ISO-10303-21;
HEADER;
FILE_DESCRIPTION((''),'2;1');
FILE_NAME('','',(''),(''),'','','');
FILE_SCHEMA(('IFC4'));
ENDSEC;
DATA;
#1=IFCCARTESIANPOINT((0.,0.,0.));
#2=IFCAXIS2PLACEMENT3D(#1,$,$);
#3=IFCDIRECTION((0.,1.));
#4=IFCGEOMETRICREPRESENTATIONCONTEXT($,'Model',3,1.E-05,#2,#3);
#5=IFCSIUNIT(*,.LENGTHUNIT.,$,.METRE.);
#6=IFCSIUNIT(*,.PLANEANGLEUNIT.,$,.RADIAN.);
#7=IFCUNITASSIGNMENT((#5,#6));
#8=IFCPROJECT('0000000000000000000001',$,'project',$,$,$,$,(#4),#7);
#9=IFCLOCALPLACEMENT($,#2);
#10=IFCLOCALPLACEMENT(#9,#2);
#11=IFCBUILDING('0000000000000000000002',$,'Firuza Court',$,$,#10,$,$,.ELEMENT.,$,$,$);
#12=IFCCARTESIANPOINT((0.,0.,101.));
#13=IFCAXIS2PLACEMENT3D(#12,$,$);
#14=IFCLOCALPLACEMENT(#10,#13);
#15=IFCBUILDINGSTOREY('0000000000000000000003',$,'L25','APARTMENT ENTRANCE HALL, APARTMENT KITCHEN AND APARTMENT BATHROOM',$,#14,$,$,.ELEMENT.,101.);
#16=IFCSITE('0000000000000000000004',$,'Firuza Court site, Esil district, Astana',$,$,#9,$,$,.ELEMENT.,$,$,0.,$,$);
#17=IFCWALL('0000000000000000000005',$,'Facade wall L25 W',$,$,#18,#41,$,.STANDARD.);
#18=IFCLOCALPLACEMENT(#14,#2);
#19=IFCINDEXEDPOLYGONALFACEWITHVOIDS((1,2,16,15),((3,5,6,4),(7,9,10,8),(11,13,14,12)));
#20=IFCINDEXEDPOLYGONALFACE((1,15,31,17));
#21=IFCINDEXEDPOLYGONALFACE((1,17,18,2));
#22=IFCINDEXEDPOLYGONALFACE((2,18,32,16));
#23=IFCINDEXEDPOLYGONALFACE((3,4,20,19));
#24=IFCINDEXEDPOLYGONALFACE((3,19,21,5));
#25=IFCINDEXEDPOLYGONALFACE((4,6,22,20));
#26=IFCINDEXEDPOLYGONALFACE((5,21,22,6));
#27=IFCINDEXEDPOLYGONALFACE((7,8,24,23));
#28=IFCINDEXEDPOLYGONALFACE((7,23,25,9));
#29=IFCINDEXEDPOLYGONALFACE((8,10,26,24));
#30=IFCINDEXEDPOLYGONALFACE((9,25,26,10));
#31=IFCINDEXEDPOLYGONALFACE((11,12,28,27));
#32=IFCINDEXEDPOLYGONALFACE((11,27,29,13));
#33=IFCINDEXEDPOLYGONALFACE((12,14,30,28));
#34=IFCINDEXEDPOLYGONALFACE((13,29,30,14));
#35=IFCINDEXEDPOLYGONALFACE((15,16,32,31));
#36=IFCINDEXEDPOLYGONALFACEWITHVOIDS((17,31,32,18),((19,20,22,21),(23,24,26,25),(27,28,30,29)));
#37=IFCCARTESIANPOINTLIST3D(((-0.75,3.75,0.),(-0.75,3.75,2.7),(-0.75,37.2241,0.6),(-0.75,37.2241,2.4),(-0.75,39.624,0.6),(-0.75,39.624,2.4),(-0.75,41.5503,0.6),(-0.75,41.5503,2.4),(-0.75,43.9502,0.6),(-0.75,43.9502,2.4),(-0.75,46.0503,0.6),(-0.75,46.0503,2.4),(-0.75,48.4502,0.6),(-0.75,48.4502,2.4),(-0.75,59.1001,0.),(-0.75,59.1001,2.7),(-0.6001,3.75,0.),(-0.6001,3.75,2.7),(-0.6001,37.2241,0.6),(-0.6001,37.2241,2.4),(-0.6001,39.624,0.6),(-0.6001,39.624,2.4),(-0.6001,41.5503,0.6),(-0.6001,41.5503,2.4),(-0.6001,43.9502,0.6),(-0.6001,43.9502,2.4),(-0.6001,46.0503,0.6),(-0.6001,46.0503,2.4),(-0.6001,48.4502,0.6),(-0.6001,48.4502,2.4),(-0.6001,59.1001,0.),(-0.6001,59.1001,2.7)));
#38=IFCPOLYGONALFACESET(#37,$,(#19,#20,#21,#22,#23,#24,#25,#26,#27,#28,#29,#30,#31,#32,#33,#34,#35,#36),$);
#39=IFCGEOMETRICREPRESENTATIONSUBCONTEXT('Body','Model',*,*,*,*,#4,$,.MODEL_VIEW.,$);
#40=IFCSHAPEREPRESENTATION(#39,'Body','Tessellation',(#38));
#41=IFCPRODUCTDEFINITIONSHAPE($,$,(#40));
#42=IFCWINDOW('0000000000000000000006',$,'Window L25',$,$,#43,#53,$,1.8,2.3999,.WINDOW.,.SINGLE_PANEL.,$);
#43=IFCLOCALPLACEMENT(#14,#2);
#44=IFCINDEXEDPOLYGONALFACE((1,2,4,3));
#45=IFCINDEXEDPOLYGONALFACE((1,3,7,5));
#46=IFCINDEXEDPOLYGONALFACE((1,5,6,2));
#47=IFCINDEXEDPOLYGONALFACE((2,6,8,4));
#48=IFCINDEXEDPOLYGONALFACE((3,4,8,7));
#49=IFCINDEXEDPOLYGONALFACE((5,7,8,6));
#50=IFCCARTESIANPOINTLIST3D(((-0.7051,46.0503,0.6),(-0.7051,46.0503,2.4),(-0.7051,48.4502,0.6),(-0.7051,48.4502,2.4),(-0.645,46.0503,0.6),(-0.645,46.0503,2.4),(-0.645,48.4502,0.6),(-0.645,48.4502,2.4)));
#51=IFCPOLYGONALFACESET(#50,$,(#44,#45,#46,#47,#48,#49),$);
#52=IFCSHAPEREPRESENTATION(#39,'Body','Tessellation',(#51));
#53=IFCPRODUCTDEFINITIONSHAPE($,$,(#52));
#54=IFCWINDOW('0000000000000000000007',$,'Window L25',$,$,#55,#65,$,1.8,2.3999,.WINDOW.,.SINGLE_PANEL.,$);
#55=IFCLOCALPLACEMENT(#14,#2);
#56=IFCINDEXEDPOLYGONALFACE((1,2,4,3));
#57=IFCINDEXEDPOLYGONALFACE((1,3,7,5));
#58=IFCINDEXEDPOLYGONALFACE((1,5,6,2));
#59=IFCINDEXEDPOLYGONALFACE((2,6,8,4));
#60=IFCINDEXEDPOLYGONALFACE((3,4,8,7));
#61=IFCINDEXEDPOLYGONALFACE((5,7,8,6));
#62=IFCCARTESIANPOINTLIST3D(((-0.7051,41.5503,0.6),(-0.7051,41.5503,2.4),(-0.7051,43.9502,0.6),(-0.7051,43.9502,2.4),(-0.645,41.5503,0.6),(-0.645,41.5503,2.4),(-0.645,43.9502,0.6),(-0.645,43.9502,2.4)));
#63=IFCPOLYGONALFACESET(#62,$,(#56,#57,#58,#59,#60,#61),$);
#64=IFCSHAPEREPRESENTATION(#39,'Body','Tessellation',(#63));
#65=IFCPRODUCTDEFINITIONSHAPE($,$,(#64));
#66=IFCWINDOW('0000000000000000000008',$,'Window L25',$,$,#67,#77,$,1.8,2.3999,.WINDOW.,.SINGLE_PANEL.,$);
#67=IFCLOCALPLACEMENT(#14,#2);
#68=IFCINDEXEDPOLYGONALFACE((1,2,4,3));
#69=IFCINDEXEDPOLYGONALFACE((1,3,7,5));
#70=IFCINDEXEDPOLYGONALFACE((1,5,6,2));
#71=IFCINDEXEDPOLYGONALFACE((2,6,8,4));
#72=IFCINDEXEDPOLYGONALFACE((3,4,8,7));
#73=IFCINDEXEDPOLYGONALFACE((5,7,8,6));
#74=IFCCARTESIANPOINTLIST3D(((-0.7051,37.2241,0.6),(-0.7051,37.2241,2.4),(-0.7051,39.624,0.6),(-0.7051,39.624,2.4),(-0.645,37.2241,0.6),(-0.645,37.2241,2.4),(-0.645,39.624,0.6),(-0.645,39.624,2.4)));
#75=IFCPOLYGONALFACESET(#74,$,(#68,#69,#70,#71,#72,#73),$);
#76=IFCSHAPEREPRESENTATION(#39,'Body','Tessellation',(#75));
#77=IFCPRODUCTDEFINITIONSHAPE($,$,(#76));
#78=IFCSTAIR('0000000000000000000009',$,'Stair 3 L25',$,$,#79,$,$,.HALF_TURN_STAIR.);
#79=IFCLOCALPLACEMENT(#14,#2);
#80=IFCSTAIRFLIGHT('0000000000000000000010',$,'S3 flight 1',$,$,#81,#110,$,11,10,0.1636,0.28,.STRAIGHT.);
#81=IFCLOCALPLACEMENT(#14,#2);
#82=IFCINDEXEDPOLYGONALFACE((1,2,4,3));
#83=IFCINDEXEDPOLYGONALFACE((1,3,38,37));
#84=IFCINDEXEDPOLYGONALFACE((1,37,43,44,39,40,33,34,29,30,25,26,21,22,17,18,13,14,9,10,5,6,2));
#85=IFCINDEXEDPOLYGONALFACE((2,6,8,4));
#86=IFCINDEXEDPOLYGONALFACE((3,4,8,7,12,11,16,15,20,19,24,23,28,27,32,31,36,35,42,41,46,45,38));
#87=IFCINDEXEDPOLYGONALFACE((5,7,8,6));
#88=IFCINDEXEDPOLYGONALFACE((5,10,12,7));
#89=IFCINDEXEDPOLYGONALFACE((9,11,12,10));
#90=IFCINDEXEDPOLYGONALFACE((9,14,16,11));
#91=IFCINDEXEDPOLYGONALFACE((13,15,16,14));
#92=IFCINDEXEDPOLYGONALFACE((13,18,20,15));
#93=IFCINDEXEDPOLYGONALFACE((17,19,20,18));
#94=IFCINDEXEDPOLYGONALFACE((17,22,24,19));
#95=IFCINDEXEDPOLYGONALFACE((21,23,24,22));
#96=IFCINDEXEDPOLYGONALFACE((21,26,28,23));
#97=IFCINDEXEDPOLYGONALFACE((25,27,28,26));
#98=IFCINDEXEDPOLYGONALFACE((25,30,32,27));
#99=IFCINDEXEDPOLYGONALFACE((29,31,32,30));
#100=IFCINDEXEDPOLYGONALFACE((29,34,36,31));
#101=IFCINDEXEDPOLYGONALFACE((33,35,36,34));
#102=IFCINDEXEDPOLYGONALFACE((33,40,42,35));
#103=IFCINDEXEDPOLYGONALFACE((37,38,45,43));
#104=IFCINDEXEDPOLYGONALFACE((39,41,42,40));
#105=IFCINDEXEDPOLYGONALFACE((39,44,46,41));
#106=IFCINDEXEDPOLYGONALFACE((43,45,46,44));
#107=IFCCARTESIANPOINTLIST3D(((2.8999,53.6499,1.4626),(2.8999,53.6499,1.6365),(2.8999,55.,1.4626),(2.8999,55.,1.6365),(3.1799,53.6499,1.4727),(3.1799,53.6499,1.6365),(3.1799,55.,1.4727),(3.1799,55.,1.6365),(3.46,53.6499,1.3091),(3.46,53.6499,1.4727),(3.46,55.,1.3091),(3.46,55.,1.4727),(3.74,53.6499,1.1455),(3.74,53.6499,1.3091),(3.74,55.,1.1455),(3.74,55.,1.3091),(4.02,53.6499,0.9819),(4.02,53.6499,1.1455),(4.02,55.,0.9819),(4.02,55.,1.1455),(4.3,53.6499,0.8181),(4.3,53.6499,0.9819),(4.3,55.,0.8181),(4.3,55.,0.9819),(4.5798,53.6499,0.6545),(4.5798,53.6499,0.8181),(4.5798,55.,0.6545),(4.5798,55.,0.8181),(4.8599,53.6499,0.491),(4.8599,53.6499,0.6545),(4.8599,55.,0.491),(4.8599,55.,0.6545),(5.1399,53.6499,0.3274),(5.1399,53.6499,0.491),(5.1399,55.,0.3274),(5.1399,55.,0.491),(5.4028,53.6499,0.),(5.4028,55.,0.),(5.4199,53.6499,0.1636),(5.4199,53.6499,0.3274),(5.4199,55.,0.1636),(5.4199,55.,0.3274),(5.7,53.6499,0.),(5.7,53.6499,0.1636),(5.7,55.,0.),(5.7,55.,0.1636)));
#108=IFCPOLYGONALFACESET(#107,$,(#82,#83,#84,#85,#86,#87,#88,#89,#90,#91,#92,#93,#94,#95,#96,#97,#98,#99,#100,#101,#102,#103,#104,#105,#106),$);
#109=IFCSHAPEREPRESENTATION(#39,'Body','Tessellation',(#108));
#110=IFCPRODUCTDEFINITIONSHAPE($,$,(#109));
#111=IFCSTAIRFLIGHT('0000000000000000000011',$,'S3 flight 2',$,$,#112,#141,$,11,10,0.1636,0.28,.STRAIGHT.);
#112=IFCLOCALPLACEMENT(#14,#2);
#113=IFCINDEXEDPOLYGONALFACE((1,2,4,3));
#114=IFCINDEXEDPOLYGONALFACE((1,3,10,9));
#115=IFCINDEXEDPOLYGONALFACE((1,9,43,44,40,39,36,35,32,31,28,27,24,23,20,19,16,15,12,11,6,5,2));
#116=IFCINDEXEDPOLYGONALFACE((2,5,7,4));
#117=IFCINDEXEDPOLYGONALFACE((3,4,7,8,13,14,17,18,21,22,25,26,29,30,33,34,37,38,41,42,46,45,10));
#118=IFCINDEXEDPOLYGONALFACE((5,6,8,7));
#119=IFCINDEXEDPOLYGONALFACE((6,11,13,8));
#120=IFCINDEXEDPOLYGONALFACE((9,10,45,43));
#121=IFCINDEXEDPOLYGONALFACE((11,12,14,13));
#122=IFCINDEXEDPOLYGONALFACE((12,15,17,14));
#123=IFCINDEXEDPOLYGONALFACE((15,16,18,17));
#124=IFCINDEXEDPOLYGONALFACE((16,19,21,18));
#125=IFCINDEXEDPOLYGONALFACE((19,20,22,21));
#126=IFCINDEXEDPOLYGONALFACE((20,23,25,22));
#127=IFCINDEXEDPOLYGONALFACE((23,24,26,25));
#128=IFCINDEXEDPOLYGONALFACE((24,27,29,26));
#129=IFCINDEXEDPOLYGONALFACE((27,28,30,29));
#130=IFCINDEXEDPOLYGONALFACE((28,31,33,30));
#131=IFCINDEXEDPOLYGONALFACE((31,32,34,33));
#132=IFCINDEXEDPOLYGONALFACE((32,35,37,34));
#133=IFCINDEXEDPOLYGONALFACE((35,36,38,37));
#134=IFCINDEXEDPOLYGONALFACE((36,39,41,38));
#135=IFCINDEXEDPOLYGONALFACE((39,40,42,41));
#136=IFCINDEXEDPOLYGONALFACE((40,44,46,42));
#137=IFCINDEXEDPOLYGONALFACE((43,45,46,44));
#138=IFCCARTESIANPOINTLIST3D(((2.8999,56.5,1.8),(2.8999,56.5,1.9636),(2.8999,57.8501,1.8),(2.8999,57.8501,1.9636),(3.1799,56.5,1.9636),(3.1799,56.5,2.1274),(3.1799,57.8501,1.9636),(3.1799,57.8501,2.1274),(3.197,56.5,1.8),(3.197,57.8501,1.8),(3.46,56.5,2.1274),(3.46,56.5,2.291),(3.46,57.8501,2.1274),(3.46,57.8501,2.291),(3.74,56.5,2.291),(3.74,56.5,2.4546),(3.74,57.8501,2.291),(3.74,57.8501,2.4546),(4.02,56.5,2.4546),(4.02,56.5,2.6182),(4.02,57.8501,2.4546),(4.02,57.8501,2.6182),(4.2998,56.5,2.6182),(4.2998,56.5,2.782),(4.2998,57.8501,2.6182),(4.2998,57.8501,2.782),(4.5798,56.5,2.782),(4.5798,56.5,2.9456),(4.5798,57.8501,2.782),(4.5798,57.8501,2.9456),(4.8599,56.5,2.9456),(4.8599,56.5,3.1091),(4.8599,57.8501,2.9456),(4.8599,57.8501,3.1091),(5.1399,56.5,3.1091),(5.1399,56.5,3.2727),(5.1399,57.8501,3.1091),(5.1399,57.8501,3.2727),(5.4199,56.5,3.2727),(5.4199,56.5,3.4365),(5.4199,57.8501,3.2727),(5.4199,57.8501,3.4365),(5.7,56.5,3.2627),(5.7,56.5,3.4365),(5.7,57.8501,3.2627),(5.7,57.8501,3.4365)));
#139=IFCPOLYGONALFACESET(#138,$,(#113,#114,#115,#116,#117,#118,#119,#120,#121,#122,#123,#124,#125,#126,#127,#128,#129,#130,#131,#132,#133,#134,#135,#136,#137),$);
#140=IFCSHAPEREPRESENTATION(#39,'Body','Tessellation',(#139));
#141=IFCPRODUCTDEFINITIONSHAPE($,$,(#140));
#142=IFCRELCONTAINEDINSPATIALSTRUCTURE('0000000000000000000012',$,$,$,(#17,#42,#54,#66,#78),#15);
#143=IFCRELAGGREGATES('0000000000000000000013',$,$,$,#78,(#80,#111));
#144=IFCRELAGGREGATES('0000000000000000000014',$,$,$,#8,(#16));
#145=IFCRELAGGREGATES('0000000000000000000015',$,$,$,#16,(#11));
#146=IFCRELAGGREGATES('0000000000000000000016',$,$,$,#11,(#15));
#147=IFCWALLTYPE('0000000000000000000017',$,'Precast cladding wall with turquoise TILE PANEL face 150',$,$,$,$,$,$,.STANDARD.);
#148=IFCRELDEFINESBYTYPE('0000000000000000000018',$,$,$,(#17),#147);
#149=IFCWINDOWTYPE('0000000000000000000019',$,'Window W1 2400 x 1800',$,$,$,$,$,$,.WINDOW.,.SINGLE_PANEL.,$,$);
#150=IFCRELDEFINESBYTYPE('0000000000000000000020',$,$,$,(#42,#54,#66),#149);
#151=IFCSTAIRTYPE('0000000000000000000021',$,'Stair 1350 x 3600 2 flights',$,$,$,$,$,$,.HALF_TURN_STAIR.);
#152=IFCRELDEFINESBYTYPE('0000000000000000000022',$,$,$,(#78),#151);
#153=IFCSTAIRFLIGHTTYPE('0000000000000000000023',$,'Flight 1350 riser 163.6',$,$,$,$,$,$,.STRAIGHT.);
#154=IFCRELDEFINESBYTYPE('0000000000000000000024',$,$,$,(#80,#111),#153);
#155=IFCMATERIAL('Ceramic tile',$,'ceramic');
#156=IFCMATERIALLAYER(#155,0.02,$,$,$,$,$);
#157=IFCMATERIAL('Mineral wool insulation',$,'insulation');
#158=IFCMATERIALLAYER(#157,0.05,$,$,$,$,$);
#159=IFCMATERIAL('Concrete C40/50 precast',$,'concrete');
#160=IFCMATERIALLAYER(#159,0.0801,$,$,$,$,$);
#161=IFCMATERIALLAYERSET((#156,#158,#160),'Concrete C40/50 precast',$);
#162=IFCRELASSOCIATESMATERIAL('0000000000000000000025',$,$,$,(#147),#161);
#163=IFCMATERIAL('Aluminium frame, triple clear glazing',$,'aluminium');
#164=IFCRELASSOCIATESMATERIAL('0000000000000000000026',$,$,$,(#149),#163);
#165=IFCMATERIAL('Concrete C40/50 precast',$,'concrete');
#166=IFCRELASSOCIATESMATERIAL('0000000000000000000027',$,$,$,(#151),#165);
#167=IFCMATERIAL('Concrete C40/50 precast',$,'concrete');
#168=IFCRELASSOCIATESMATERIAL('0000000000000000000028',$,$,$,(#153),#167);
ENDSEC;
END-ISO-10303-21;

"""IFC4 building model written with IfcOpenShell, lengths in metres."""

from ifc_helpers import new_model, si_unit, direction, frame, frame_2d, origin, place, context, subcontext, project, spatial, polyline, rectangle, outline, extrude, material, layer, layer_set, type_object, element, fill, aggregate, save


model = new_model("IFC4")

# Units and contexts
model_context = context("Model", 3, precision=1e-05, world=origin(), true_north=direction((0.0, 1.0)))
body_context = subcontext(model_context, "Body", "Model", "MODEL_VIEW")
ifc_project = project(units=[si_unit("LENGTHUNIT", "METRE"), si_unit("PLANEANGLEUNIT", "RADIAN")], contexts=[model_context])

# Site, building, storey
site_placement = place(None, origin())
site = spatial("IfcSite", under=ifc_project, at=site_placement, Name="Firuza Court site, Esil district, Astana", CompositionType="ELEMENT", RefElevation=0.0)
building_placement = place(site_placement, origin())
building = spatial("IfcBuilding", under=site, at=building_placement, Name="Firuza Court", CompositionType="ELEMENT")
storey_placement = place(building_placement, frame((0.0, 0.0, 101.0)))
storey = spatial("IfcBuildingStorey", under=building, at=storey_placement, Name="L25", Description="APARTMENT ENTRANCE HALL, APARTMENT KITCHEN AND APARTMENT BATHROOM", CompositionType="ELEMENT", Elevation=101.0)

# Wall, openings, windows
ifc_material_1 = material(Name="Ceramic tile", Category="ceramic")
ifc_layer_1 = layer(ifc_material_1, 0.02)
ifc_material_2 = material(Name="Mineral wool insulation", Category="insulation")
ifc_layer_2 = layer(ifc_material_2, 0.05)
ifc_material_3 = material(Name="Concrete C40/50 precast", Category="concrete")
ifc_layer_3 = layer(ifc_material_3, 0.0801)
ifc_layer_set_1 = layer_set([ifc_layer_1, ifc_layer_2, ifc_layer_3], Name="Concrete C40/50 precast")
wall_type_1 = type_object("IfcWallType", Name="Precast cladding wall with turquoise TILE PANEL face 150", PredefinedType="STANDARD", material=ifc_layer_set_1)
wall_1_placement = place(storey_placement, frame((-0.675, 59.1001, 0.0), z_axis=(0.0, 0.0, 1.0), x_axis=(0.0, -1.0, 0.0)))
wall_1 = element("IfcWall", 1, at=wall_1_placement, inside=storey, type_object=wall_type_1, Name="Facade wall L25 W", PredefinedType="STANDARD", context=body_context, shape_type="SweptSolid", body=[
    extrude(rectangle(XDim=55.3501, YDim=0.1499, at=frame_2d((27.675, 0.0))), origin(), (0.0, 0.0, 1.0), 2.7),
])
opening_1_placement = place(wall_1_placement, frame((10.6499, 0.0, 0.6001)))
opening_1 = element("IfcOpeningElement", 2, at=opening_1_placement, cuts=wall_1, PredefinedType="OPENING", context=body_context, shape_type="SweptSolid", body=[
    extrude(rectangle(XDim=2.3999, YDim=1.8, at=frame_2d((1.2, 0.8999))), frame((0.0, 0.0869, 0.0), z_axis=(0.0, -1.0, 0.0), x_axis=(1.0, 0.0, 0.0)), (0.0, 0.0, 1.0), 0.1738),
])
opening_2_placement = place(wall_1_placement, frame((15.1499, 0.0, 0.6001)))
opening_2 = element("IfcOpeningElement", 3, at=opening_2_placement, cuts=wall_1, PredefinedType="OPENING", context=body_context, shape_type="SweptSolid", body=[
    extrude(rectangle(XDim=2.3999, YDim=1.8, at=frame_2d((1.2, 0.8999))), frame((0.0, 0.0869, 0.0), z_axis=(0.0, -1.0, 0.0), x_axis=(1.0, 0.0, 0.0)), (0.0, 0.0, 1.0), 0.1738),
])
opening_3_placement = place(wall_1_placement, frame((19.4761, 0.0, 0.6001)))
opening_3 = element("IfcOpeningElement", 4, at=opening_3_placement, cuts=wall_1, PredefinedType="OPENING", context=body_context, shape_type="SweptSolid", body=[
    extrude(rectangle(XDim=2.3999, YDim=1.8, at=frame_2d((1.2, 0.8999))), frame((0.0, 0.0869, 0.0), z_axis=(0.0, -1.0, 0.0), x_axis=(1.0, 0.0, 0.0)), (0.0, 0.0, 1.0), 0.1738),
])
ifc_material_4 = material(Name="Aluminium frame, triple clear glazing", Category="aluminium")
window_type = type_object("IfcWindowType", Name="Window W1 2400 x 1800", PartitioningType="SINGLE_PANEL", PredefinedType="WINDOW", material=ifc_material_4)
window_1_placement = place(opening_1_placement, origin())
window_1 = element("IfcWindow", 5, at=window_1_placement, inside=storey, type_object=window_type, Name="Window L25", OverallHeight=1.8, OverallWidth=2.3999, PartitioningType="SINGLE_PANEL", PredefinedType="WINDOW", context=body_context, shape_type="SweptSolid", body=[
    extrude(rectangle(XDim=2.3999, YDim=1.8, at=frame_2d((1.2, 0.8999))), frame((0.0, 0.03, 0.0), z_axis=(0.0, -1.0, 0.0), x_axis=(1.0, 0.0, 0.0)), (0.0, 0.0, 1.0), 0.0601),
])
fill(opening_1, window_1)
window_2_placement = place(opening_2_placement, origin())
window_2 = element("IfcWindow", 6, at=window_2_placement, inside=storey, type_object=window_type, Name="Window L25", OverallHeight=1.8, OverallWidth=2.3999, PartitioningType="SINGLE_PANEL", PredefinedType="WINDOW", context=body_context, shape_type="SweptSolid", body=[
    extrude(rectangle(XDim=2.3999, YDim=1.8, at=frame_2d((1.2, 0.8999))), frame((0.0, 0.03, 0.0), z_axis=(0.0, -1.0, 0.0), x_axis=(1.0, 0.0, 0.0)), (0.0, 0.0, 1.0), 0.0601),
])
fill(opening_2, window_2)
window_3_placement = place(opening_3_placement, origin())
window_3 = element("IfcWindow", 7, at=window_3_placement, inside=storey, type_object=window_type, Name="Window L25", OverallHeight=1.8, OverallWidth=2.3999, PartitioningType="SINGLE_PANEL", PredefinedType="WINDOW", context=body_context, shape_type="SweptSolid", body=[
    extrude(rectangle(XDim=2.3999, YDim=1.8, at=frame_2d((1.2, 0.8999))), frame((0.0, 0.03, 0.0), z_axis=(0.0, -1.0, 0.0), x_axis=(1.0, 0.0, 0.0)), (0.0, 0.0, 1.0), 0.0601),
])
fill(opening_3, window_3)

# Stair, stair flights
ifc_material_5 = material(Name="Concrete C40/50 precast", Category="concrete")
stair_type = type_object("IfcStairType", Name="Stair 1350 x 3600 2 flights", PredefinedType="HALF_TURN_STAIR", material=ifc_material_5)
stair_placement = place(storey_placement, origin())
stair = element("IfcStair", 8, at=stair_placement, inside=storey, type_object=stair_type, Name="Stair 3 L25", PredefinedType="HALF_TURN_STAIR")
ifc_material_6 = material(Name="Concrete C40/50 precast", Category="concrete")
stair_flight_type = type_object("IfcStairFlightType", Name="Flight 1350 riser 163.6", PredefinedType="STRAIGHT", material=ifc_material_6)
stair_flight_1_placement = place(storey_placement, frame((5.7, 54.325, 0.0), z_axis=(0.0, 0.0, 1.0), x_axis=(-1.0, 0.0, 0.0)))
stair_flight_1 = element("IfcStairFlight", 9, at=stair_flight_1_placement, type_object=stair_flight_type, Name="S3 flight 1", NumberOfRisers=11, NumberOfTreads=10, PredefinedType="STRAIGHT", RiserHeight=0.1636, TreadLength=0.28, context=body_context, shape_type="SweptSolid", body=[
    extrude(outline(polyline([(0.0, 0.0), (0.0, 0.1636), (0.28, 0.1636), (0.28, 0.3274), (0.5601, 0.3274), (0.5601, 0.491), (0.8401, 0.491), (0.8401, 0.6545), (1.1201, 0.6545), (1.1201, 0.8181), (1.3999, 0.8181), (1.3999, 0.9819), (1.6799, 0.9819), (1.6799, 1.1455), (1.96, 1.1455), (1.96, 1.3091), (2.24, 1.3091), (2.24, 1.4727), (2.52, 1.4727), (2.52, 1.6365), (2.8, 1.6365), (2.8, 1.8), (2.8, 1.4626), (0.2971, 0.0), (0.0, 0.0)])), frame((0.0, 0.675, 0.0), z_axis=(0.0, -1.0, 0.0), x_axis=(1.0, 0.0, 0.0)), (0.0, 0.0, 1.0), 1.3501),
])
stair_flight_2_placement = place(storey_placement, frame((2.8999, 57.175, 1.8), z_axis=(0.0, 0.0, 1.0), x_axis=(1.0, 0.0, 0.0)))
stair_flight_2 = element("IfcStairFlight", 10, at=stair_flight_2_placement, type_object=stair_flight_type, Name="S3 flight 2", NumberOfRisers=11, NumberOfTreads=10, PredefinedType="STRAIGHT", RiserHeight=0.1636, TreadLength=0.28, context=body_context, shape_type="SweptSolid", body=[
    extrude(outline(polyline([(0.0, 0.0), (0.0, 0.1636), (0.28, 0.1636), (0.28, 0.3274), (0.5601, 0.3274), (0.5601, 0.491), (0.8401, 0.491), (0.8401, 0.6545), (1.1201, 0.6545), (1.1201, 0.8181), (1.3999, 0.8181), (1.3999, 0.9819), (1.6799, 0.9819), (1.6799, 1.1455), (1.96, 1.1455), (1.96, 1.3091), (2.24, 1.3091), (2.24, 1.4727), (2.52, 1.4727), (2.52, 1.6365), (2.8, 1.6365), (2.8, 1.8), (2.8, 1.4626), (0.2971, 0.0), (0.0, 0.0)])), frame((0.0, 0.675, 0.0), z_axis=(0.0, -1.0, 0.0), x_axis=(1.0, 0.0, 0.0)), (0.0, 0.0, 1.0), 1.3501),
])
aggregate(stair, [stair_flight_1, stair_flight_2])

save(model, "model.ifc")
